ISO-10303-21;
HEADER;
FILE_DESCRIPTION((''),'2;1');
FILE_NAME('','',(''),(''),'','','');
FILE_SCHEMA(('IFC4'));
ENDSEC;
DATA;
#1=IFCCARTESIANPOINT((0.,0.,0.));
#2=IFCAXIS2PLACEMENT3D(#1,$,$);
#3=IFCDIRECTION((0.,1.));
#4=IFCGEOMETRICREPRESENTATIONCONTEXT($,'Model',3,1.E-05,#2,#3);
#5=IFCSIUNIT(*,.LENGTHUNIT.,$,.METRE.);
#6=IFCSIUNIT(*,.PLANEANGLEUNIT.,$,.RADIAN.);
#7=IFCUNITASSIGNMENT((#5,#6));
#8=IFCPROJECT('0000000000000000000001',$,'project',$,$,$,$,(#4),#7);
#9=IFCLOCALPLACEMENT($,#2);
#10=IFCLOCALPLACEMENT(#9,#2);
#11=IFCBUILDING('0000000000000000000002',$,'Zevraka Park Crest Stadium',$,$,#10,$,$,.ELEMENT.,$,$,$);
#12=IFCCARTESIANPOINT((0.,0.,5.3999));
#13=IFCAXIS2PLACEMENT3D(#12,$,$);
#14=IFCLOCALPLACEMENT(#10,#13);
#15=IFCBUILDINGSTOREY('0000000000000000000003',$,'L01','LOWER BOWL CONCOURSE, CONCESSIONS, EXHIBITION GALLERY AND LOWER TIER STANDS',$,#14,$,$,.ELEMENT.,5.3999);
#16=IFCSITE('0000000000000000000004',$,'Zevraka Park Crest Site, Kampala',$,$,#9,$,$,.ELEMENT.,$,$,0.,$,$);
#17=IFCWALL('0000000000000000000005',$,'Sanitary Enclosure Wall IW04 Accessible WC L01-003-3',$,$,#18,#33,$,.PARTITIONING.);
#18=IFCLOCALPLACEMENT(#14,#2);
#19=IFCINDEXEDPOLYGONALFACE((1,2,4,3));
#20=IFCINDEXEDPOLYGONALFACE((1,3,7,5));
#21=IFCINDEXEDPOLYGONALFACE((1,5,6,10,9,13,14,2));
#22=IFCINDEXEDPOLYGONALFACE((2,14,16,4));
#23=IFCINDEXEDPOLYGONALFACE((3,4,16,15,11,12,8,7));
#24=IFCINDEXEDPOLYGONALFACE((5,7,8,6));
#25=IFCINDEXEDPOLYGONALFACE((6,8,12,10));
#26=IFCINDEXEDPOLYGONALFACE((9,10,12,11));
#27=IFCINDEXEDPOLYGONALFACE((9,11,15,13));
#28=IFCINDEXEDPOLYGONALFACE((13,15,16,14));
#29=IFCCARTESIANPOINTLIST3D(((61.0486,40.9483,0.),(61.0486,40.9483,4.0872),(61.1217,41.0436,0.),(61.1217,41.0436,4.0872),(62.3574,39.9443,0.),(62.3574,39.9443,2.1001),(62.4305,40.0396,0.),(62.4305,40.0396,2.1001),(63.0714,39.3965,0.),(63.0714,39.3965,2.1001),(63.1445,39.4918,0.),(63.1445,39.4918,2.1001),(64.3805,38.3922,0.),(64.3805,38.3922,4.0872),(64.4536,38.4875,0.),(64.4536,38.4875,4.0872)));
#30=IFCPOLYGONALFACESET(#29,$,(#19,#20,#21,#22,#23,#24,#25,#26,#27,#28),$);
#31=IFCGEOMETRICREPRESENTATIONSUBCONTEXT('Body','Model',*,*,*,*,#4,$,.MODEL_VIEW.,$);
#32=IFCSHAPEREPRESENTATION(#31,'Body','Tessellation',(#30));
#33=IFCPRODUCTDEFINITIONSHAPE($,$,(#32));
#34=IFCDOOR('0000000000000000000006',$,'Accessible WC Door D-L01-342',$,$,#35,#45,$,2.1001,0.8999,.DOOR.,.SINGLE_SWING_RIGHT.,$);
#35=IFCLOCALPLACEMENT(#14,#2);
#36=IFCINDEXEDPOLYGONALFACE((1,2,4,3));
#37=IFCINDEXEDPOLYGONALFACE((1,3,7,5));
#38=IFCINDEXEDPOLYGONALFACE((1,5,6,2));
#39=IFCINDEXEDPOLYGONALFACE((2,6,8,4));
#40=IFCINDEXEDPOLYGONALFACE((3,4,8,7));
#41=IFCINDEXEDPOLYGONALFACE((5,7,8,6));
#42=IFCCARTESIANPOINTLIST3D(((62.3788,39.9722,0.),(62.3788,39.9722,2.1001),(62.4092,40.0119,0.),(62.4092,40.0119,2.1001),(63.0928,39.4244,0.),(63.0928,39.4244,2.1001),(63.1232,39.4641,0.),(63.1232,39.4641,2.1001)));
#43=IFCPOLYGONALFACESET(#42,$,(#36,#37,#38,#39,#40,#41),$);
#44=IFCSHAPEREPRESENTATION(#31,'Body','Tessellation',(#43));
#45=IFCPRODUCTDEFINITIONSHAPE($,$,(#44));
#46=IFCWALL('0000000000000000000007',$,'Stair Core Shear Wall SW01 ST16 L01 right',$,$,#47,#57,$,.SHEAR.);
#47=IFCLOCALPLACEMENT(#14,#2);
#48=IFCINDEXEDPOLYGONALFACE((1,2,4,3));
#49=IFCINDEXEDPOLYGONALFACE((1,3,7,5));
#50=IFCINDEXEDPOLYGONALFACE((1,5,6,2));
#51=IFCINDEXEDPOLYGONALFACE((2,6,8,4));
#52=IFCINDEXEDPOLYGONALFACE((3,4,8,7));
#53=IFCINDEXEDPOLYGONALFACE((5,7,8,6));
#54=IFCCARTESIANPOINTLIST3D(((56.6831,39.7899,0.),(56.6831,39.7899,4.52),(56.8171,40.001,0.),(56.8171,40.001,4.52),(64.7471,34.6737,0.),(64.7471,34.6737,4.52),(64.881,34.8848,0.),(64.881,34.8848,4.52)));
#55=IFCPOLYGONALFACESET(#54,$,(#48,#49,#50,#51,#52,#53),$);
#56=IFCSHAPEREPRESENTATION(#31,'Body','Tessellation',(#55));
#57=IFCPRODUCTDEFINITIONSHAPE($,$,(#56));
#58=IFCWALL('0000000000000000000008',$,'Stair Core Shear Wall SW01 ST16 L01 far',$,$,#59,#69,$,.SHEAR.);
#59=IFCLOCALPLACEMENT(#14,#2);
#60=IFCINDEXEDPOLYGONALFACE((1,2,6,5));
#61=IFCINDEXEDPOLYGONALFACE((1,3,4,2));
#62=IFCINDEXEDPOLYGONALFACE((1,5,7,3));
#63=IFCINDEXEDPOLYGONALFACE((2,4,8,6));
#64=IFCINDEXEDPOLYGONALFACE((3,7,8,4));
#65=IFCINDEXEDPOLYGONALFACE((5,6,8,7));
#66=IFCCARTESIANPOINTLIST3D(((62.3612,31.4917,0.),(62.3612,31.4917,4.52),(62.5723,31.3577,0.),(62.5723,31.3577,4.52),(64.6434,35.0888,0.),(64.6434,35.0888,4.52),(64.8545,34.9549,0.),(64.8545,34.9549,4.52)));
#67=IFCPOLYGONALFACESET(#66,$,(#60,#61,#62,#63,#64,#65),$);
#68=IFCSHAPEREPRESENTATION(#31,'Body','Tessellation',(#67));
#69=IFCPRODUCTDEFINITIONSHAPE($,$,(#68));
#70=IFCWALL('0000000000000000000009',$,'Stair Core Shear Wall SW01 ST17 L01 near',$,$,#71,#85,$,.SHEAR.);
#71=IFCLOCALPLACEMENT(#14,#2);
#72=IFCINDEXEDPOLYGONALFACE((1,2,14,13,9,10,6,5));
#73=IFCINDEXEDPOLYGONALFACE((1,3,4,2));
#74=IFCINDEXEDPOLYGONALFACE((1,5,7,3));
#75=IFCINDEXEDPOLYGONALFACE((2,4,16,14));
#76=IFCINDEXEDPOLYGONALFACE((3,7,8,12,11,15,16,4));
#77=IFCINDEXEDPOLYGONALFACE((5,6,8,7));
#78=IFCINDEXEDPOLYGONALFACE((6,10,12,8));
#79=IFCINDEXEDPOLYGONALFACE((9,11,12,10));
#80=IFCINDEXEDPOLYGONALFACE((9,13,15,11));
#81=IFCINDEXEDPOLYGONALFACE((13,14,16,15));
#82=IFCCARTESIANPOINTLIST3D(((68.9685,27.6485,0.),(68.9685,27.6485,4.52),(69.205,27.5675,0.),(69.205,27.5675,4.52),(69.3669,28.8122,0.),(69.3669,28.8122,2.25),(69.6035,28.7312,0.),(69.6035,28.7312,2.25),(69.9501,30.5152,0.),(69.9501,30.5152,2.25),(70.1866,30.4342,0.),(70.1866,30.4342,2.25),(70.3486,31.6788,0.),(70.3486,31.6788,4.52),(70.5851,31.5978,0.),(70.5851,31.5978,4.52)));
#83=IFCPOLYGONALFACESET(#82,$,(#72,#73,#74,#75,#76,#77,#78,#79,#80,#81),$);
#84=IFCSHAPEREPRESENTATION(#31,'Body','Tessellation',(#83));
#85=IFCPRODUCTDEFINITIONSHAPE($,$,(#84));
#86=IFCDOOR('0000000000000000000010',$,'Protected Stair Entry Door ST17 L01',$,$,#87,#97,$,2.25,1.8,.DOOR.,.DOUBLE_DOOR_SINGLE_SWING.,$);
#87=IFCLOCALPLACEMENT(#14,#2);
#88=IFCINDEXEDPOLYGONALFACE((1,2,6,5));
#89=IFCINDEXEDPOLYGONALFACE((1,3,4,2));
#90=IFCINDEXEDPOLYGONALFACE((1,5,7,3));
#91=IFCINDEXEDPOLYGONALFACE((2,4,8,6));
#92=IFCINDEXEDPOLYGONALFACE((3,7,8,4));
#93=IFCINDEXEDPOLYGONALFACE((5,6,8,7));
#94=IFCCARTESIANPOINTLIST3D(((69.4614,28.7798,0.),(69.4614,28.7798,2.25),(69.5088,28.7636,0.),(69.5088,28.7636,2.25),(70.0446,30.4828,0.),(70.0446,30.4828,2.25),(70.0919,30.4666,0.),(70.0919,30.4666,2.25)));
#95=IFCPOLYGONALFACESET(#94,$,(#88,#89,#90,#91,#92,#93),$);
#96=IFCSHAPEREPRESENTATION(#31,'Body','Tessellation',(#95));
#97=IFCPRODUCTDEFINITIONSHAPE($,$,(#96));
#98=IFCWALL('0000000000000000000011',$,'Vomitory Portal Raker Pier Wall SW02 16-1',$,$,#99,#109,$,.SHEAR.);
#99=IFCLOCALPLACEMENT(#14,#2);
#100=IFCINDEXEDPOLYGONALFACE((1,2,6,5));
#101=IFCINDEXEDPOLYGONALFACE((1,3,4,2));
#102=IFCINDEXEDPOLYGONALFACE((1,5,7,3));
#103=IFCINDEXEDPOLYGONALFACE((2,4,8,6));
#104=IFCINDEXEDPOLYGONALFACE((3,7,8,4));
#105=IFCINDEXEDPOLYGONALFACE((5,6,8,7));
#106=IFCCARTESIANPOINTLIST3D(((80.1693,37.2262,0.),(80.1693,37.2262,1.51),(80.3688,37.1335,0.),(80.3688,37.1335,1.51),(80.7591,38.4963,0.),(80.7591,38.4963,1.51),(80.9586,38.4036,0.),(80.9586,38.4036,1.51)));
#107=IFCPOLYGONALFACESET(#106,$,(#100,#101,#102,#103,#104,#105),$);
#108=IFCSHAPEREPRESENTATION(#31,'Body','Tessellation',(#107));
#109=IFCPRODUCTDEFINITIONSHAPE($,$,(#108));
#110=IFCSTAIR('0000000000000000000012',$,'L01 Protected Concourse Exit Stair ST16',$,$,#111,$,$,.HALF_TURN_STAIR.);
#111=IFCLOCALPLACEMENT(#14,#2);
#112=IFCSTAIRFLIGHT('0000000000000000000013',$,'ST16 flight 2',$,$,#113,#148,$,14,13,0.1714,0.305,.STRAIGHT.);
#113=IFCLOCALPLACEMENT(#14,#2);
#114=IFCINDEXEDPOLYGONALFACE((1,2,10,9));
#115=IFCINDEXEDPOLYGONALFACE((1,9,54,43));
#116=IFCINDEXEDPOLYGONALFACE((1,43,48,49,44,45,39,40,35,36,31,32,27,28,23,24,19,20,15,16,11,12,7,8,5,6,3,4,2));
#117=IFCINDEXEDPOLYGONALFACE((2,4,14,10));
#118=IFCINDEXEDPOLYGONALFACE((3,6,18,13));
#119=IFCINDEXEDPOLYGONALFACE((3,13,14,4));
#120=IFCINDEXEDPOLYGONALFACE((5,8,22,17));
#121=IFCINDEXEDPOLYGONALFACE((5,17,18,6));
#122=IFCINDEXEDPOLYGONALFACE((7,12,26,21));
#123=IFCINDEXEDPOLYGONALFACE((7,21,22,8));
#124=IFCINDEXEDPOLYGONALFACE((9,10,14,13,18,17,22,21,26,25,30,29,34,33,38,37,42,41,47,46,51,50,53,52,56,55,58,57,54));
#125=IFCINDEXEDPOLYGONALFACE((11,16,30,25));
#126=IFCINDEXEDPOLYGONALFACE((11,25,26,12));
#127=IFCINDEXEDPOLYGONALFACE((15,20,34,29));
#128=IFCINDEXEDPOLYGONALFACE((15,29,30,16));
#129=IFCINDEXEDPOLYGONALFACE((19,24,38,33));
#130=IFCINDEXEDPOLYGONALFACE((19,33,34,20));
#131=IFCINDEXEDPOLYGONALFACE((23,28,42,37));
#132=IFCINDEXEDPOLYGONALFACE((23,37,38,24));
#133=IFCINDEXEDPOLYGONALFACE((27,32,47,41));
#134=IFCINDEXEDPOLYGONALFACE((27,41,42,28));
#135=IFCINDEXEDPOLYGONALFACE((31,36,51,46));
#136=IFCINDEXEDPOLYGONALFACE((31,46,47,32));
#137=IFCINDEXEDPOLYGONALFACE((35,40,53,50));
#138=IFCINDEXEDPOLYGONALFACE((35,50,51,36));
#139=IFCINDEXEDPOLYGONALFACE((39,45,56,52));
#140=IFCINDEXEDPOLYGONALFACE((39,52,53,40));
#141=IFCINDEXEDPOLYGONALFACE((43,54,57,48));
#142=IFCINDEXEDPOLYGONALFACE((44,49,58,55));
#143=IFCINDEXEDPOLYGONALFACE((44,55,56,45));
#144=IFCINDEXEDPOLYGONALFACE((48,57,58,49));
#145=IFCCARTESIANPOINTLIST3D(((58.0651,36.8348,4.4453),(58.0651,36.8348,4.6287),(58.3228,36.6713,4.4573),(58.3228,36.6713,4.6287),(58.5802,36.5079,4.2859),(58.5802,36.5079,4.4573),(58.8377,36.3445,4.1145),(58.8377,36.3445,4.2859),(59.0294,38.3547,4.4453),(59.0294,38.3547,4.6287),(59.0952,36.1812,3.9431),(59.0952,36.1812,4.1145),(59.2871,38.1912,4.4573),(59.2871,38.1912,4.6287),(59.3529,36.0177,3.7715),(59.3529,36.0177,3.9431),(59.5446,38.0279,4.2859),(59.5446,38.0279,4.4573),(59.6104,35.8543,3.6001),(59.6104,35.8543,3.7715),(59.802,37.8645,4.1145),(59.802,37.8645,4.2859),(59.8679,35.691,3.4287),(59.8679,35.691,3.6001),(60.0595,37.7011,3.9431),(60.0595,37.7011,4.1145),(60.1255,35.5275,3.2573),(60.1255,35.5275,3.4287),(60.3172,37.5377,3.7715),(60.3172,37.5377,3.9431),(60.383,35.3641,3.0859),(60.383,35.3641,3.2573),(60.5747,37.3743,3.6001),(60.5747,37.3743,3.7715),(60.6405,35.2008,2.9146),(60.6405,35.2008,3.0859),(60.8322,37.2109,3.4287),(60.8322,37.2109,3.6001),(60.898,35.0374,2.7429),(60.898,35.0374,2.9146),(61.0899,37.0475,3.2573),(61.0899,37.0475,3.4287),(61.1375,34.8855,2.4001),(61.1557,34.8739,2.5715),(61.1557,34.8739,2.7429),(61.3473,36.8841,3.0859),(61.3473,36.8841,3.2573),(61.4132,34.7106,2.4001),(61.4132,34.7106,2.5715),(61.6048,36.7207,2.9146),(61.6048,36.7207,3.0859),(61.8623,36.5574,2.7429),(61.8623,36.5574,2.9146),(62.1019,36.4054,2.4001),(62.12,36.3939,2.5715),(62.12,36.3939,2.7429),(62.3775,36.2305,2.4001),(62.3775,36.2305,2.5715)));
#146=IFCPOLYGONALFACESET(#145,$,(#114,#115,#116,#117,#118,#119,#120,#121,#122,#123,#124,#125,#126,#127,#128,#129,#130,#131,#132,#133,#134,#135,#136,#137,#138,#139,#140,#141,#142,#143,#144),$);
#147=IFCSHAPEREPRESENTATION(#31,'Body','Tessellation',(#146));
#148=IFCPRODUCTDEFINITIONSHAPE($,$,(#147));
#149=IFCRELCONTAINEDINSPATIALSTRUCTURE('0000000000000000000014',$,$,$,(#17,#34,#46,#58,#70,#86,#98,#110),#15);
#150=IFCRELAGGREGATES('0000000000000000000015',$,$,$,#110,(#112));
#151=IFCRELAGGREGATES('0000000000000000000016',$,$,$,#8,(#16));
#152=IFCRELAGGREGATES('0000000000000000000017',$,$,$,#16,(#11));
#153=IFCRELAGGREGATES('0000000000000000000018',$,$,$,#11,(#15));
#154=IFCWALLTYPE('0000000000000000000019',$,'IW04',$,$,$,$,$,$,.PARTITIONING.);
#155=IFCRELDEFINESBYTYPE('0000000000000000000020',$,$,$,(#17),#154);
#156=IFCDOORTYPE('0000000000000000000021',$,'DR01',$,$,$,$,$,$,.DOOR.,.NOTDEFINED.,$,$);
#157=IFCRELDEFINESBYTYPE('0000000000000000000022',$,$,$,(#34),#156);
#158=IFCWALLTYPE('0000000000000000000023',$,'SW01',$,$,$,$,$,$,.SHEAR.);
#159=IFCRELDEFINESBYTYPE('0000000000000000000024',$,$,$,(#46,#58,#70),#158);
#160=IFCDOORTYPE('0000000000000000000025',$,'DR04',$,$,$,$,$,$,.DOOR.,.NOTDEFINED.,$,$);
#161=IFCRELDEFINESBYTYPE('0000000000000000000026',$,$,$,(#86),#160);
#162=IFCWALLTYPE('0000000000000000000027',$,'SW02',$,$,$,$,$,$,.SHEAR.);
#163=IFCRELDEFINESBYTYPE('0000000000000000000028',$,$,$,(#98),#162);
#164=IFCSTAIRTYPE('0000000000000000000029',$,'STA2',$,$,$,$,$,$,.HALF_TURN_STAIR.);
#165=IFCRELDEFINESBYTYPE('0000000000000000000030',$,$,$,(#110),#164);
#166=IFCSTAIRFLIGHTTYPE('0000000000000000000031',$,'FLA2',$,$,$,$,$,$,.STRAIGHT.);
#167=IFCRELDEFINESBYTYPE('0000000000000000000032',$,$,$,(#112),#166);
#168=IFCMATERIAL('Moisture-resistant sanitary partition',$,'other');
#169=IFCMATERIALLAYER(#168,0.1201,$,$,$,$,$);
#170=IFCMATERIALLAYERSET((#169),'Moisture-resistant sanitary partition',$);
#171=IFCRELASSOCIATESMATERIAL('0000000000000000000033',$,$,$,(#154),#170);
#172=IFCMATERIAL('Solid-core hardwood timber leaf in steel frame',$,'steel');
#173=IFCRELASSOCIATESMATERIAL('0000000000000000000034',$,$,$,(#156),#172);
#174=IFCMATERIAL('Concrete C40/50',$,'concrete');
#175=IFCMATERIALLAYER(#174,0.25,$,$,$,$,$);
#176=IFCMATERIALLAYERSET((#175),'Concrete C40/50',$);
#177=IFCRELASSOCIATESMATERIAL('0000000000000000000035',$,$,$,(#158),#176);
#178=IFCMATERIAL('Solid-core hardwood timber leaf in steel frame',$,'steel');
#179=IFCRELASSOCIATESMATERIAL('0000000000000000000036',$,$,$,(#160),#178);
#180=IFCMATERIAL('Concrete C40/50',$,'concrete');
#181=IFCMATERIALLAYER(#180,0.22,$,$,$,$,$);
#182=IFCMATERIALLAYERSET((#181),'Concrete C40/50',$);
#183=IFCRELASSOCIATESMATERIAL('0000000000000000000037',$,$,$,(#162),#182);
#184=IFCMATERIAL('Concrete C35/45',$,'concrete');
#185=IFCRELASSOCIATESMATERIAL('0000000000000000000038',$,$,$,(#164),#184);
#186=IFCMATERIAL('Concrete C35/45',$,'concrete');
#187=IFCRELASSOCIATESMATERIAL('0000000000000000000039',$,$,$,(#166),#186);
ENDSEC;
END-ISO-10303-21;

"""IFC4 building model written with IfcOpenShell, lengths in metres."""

from ifc_helpers import new_model, si_unit, direction, frame, frame_2d, origin, place, context, subcontext, project, spatial, polyline, rectangle, outline, extrude, material, layer, layer_set, type_object, element, fill, aggregate, save


model = new_model("IFC4")

# Units and contexts
model_context = context("Model", 3, precision=1e-05, world=origin(), true_north=direction((0.0, 1.0)))
body_context = subcontext(model_context, "Body", "Model", "MODEL_VIEW")
ifc_project = project(units=[si_unit("LENGTHUNIT", "METRE"), si_unit("PLANEANGLEUNIT", "RADIAN")], contexts=[model_context])

# Site, building, storey
site_placement = place(None, origin())
site = spatial("IfcSite", under=ifc_project, at=site_placement, Name="Zevraka Park Crest Site, Kampala", CompositionType="ELEMENT", RefElevation=0.0)
building_placement = place(site_placement, origin())
building = spatial("IfcBuilding", under=site, at=building_placement, Name="Zevraka Park Crest Stadium", CompositionType="ELEMENT")
storey_placement = place(building_placement, frame((0.0, 0.0, 5.3999)))
storey = spatial("IfcBuildingStorey", under=building, at=storey_placement, Name="L01", Description="LOWER BOWL CONCOURSE, CONCESSIONS, EXHIBITION GALLERY AND LOWER TIER STANDS", CompositionType="ELEMENT", Elevation=5.3999)

# Shared definitions
ifc_material_1 = material(Name="Moisture-resistant sanitary partition", Category="other")
ifc_layer_1 = layer(ifc_material_1, 0.1201)
ifc_layer_set_1 = layer_set([ifc_layer_1], Name="Moisture-resistant sanitary partition")
wall_type_1 = type_object("IfcWallType", Name="IW04", PredefinedType="PARTITIONING", material=ifc_layer_set_1)

# Wall, opening, door
wall_1_placement = place(storey_placement, frame((64.417, 38.4399, 0.0), z_axis=(0.0, 0.0, 1.0), x_axis=(-0.793423, 0.608671, 0.0)))
wall_1 = element("IfcWall", 1, at=wall_1_placement, inside=storey, type_object=wall_type_1, Name="Sanitary Enclosure Wall IW04 Accessible WC L01-003-3", PredefinedType="PARTITIONING", context=body_context, shape_type="SweptSolid", body=[
    extrude(rectangle(XDim=4.1995, YDim=0.1201, at=frame_2d((2.0996, 0.0))), origin(), (0.0, 0.0, 1.0), 4.0872),
])
opening_1_placement = place(wall_1_placement, frame((1.6499, 0.0, 0.0)))
opening_1 = element("IfcOpeningElement", 2, at=opening_1_placement, cuts=wall_1, PredefinedType="OPENING", context=body_context, shape_type="SweptSolid", body=[
    extrude(rectangle(XDim=0.8999, YDim=2.1001, at=frame_2d((0.45, 1.05))), frame((0.0, 0.0701, 0.0), z_axis=(0.0, -1.0, 0.0), x_axis=(1.0, 0.0, 0.0)), (0.0, 0.0, 1.0), 0.1401),
])
ifc_material_2 = material(Name="Solid-core hardwood timber leaf in steel frame", Category="steel")
door_type_1 = type_object("IfcDoorType", Name="DR01", OperationType="NOTDEFINED", PredefinedType="DOOR", material=ifc_material_2)
door_1_placement = place(opening_1_placement, origin())
door_1 = element("IfcDoor", 3, at=door_1_placement, inside=storey, type_object=door_type_1, Name="Accessible WC Door D-L01-342", OperationType="SINGLE_SWING_RIGHT", OverallHeight=2.1001, OverallWidth=0.8999, PredefinedType="DOOR", context=body_context, shape_type="SweptSolid", body=[
    extrude(rectangle(XDim=0.8999, YDim=2.1001, at=frame_2d((0.45, 1.05))), frame((0.0, 0.0249, 0.0), z_axis=(0.0, -1.0, 0.0), x_axis=(1.0, 0.0, 0.0)), (0.0, 0.0, 1.0), 0.05),
])
fill(opening_1, door_1)

# Walls
ifc_material_3 = material(Name="Concrete C40/50", Category="concrete")
ifc_layer_2 = layer(ifc_material_3, 0.25)
ifc_layer_set_2 = layer_set([ifc_layer_2], Name="Concrete C40/50")
wall_type_2 = type_object("IfcWallType", Name="SW01", PredefinedType="SHEAR", material=ifc_layer_set_2)
wall_2_placement = place(storey_placement, frame((64.814, 34.7793, 0.0), z_axis=(0.0, 0.0, 1.0), x_axis=(-0.844391, 0.535727, 0.0)))
element("IfcWall", 4, at=wall_2_placement, inside=storey, type_object=wall_type_2, Name="Stair Core Shear Wall SW01 ST16 L01 right", PredefinedType="SHEAR", context=body_context, shape_type="SweptSolid", body=[
    extrude(rectangle(XDim=9.55, YDim=0.25, at=frame_2d((4.7749, 0.0))), origin(), (0.0, 0.0, 1.0), 4.52),
])
wall_3_placement = place(storey_placement, frame((62.4668, 31.4248, 0.0), z_axis=(0.0, 0.0, 1.0), x_axis=(0.535725, 0.844392, 0.0)))
element("IfcWall", 5, at=wall_3_placement, inside=storey, type_object=wall_type_2, Name="Stair Core Shear Wall SW01 ST16 L01 far", PredefinedType="SHEAR", context=body_context, shape_type="SweptSolid", body=[
    extrude(rectangle(XDim=4.26, YDim=0.25, at=frame_2d((2.1299, 0.0))), origin(), (0.0, 0.0, 1.0), 4.52),
])

# Wall, opening, door
wall_4_placement = place(storey_placement, frame((70.4668, 31.6382, 0.0), z_axis=(0.0, 0.0, 1.0), x_axis=(-0.323971, -0.946067, 0.0)))
wall_4 = element("IfcWall", 6, at=wall_4_placement, inside=storey, type_object=wall_type_2, Name="Stair Core Shear Wall SW01 ST17 L01 near", PredefinedType="SHEAR", context=body_context, shape_type="SweptSolid", body=[
    extrude(rectangle(XDim=4.26, YDim=0.25, at=frame_2d((2.1299, 0.0))), origin(), (0.0, 0.0, 1.0), 4.52),
])
opening_2_placement = place(wall_4_placement, frame((1.23, 0.0, 0.0)))
opening_2 = element("IfcOpeningElement", 7, at=opening_2_placement, cuts=wall_4, PredefinedType="OPENING", context=body_context, shape_type="SweptSolid", body=[
    extrude(rectangle(XDim=1.8, YDim=2.25, at=frame_2d((0.8999, 1.125))), frame((0.0, 0.135, 0.0), z_axis=(0.0, -1.0, 0.0), x_axis=(1.0, 0.0, 0.0)), (0.0, 0.0, 1.0), 0.27),
])
ifc_material_4 = material(Name="Solid-core hardwood timber leaf in steel frame", Category="steel")
door_type_2 = type_object("IfcDoorType", Name="DR04", OperationType="NOTDEFINED", PredefinedType="DOOR", material=ifc_material_4)
door_2_placement = place(opening_2_placement, origin())
door_2 = element("IfcDoor", 8, at=door_2_placement, inside=storey, type_object=door_type_2, Name="Protected Stair Entry Door ST17 L01", OperationType="DOUBLE_DOOR_SINGLE_SWING", OverallHeight=2.25, OverallWidth=1.8, PredefinedType="DOOR", context=body_context, shape_type="SweptSolid", body=[
    extrude(rectangle(XDim=1.8, YDim=2.25, at=frame_2d((0.8999, 1.125))), frame((0.0, 0.0249, 0.0), z_axis=(0.0, -1.0, 0.0), x_axis=(1.0, 0.0, 0.0)), (0.0, 0.0, 1.0), 0.05),
])
fill(opening_2, door_2)

# Wall
ifc_material_5 = material(Name="Concrete C40/50", Category="concrete")
ifc_layer_3 = layer(ifc_material_5, 0.22)
ifc_layer_set_3 = layer_set([ifc_layer_3], Name="Concrete C40/50")
wall_type_3 = type_object("IfcWallType", Name="SW02", PredefinedType="SHEAR", material=ifc_layer_set_3)
wall_5_placement = place(storey_placement, frame((80.8589, 38.45, 0.0), z_axis=(0.0, 0.0, 1.0), x_axis=(-0.421224, -0.906957, 0.0)))
element("IfcWall", 9, at=wall_5_placement, inside=storey, type_object=wall_type_3, Name="Vomitory Portal Raker Pier Wall SW02 16-1", PredefinedType="SHEAR", context=body_context, shape_type="SweptSolid", body=[
    extrude(rectangle(XDim=1.4004, YDim=0.22, at=frame_2d((0.7002, 0.0))), origin(), (0.0, 0.0, 1.0), 1.51),
])

# Stair, stair flight
ifc_material_6 = material(Name="Concrete C35/45", Category="concrete")
stair_type = type_object("IfcStairType", Name="STA2", PredefinedType="HALF_TURN_STAIR", material=ifc_material_6)
stair_placement = place(storey_placement, origin())
stair = element("IfcStair", 10, at=stair_placement, inside=storey, type_object=stair_type, Name="L01 Protected Concourse Exit Stair ST16", PredefinedType="HALF_TURN_STAIR")
ifc_material_7 = material(Name="Concrete C35/45", Category="concrete")
stair_flight_type = type_object("IfcStairFlightType", Name="FLA2", PredefinedType="STRAIGHT", material=ifc_material_7)
stair_flight_placement = place(storey_placement, frame((61.8953, 35.4705, 2.4001), z_axis=(0.0, 0.0, 1.0), x_axis=(-0.844397, 0.535718, 0.0)))
stair_flight = element("IfcStairFlight", 11, at=stair_flight_placement, type_object=stair_flight_type, Name="ST16 flight 2", NumberOfRisers=14, NumberOfTreads=13, PredefinedType="STRAIGHT", RiserHeight=0.1714, TreadLength=0.305, context=body_context, shape_type="SweptSolid", body=[
    extrude(outline(polyline([(0.0, 0.0), (0.0, 0.1714), (0.3049, 0.1714), (0.3049, 0.3428), (0.6101, 0.3428), (0.6101, 0.5144), (0.915, 0.5144), (0.915, 0.6858), (1.22, 0.6858), (1.22, 0.8572), (1.5249, 0.8572), (1.5249, 1.0286), (1.8301, 1.0286), (1.8301, 1.2), (2.135, 1.2), (2.135, 1.3713), (2.4399, 1.3713), (2.4399, 1.543), (2.7451, 1.543), (2.7451, 1.7144), (3.05, 1.7144), (3.05, 1.8857), (3.355, 1.8857), (3.355, 2.0571), (3.6599, 2.0571), (3.6599, 2.2285), (3.9651, 2.2285), (3.9651, 2.3999), (3.9651, 2.0452), (0.3264, 0.0), (0.0, 0.0)])), frame((0.0, 0.8999, 0.0), z_axis=(0.0, -1.0, 0.0), x_axis=(1.0, 0.0, 0.0)), (0.0, 0.0, 1.0), 1.8),
])
aggregate(stair, [stair_flight])

save(model, "model.ifc")
